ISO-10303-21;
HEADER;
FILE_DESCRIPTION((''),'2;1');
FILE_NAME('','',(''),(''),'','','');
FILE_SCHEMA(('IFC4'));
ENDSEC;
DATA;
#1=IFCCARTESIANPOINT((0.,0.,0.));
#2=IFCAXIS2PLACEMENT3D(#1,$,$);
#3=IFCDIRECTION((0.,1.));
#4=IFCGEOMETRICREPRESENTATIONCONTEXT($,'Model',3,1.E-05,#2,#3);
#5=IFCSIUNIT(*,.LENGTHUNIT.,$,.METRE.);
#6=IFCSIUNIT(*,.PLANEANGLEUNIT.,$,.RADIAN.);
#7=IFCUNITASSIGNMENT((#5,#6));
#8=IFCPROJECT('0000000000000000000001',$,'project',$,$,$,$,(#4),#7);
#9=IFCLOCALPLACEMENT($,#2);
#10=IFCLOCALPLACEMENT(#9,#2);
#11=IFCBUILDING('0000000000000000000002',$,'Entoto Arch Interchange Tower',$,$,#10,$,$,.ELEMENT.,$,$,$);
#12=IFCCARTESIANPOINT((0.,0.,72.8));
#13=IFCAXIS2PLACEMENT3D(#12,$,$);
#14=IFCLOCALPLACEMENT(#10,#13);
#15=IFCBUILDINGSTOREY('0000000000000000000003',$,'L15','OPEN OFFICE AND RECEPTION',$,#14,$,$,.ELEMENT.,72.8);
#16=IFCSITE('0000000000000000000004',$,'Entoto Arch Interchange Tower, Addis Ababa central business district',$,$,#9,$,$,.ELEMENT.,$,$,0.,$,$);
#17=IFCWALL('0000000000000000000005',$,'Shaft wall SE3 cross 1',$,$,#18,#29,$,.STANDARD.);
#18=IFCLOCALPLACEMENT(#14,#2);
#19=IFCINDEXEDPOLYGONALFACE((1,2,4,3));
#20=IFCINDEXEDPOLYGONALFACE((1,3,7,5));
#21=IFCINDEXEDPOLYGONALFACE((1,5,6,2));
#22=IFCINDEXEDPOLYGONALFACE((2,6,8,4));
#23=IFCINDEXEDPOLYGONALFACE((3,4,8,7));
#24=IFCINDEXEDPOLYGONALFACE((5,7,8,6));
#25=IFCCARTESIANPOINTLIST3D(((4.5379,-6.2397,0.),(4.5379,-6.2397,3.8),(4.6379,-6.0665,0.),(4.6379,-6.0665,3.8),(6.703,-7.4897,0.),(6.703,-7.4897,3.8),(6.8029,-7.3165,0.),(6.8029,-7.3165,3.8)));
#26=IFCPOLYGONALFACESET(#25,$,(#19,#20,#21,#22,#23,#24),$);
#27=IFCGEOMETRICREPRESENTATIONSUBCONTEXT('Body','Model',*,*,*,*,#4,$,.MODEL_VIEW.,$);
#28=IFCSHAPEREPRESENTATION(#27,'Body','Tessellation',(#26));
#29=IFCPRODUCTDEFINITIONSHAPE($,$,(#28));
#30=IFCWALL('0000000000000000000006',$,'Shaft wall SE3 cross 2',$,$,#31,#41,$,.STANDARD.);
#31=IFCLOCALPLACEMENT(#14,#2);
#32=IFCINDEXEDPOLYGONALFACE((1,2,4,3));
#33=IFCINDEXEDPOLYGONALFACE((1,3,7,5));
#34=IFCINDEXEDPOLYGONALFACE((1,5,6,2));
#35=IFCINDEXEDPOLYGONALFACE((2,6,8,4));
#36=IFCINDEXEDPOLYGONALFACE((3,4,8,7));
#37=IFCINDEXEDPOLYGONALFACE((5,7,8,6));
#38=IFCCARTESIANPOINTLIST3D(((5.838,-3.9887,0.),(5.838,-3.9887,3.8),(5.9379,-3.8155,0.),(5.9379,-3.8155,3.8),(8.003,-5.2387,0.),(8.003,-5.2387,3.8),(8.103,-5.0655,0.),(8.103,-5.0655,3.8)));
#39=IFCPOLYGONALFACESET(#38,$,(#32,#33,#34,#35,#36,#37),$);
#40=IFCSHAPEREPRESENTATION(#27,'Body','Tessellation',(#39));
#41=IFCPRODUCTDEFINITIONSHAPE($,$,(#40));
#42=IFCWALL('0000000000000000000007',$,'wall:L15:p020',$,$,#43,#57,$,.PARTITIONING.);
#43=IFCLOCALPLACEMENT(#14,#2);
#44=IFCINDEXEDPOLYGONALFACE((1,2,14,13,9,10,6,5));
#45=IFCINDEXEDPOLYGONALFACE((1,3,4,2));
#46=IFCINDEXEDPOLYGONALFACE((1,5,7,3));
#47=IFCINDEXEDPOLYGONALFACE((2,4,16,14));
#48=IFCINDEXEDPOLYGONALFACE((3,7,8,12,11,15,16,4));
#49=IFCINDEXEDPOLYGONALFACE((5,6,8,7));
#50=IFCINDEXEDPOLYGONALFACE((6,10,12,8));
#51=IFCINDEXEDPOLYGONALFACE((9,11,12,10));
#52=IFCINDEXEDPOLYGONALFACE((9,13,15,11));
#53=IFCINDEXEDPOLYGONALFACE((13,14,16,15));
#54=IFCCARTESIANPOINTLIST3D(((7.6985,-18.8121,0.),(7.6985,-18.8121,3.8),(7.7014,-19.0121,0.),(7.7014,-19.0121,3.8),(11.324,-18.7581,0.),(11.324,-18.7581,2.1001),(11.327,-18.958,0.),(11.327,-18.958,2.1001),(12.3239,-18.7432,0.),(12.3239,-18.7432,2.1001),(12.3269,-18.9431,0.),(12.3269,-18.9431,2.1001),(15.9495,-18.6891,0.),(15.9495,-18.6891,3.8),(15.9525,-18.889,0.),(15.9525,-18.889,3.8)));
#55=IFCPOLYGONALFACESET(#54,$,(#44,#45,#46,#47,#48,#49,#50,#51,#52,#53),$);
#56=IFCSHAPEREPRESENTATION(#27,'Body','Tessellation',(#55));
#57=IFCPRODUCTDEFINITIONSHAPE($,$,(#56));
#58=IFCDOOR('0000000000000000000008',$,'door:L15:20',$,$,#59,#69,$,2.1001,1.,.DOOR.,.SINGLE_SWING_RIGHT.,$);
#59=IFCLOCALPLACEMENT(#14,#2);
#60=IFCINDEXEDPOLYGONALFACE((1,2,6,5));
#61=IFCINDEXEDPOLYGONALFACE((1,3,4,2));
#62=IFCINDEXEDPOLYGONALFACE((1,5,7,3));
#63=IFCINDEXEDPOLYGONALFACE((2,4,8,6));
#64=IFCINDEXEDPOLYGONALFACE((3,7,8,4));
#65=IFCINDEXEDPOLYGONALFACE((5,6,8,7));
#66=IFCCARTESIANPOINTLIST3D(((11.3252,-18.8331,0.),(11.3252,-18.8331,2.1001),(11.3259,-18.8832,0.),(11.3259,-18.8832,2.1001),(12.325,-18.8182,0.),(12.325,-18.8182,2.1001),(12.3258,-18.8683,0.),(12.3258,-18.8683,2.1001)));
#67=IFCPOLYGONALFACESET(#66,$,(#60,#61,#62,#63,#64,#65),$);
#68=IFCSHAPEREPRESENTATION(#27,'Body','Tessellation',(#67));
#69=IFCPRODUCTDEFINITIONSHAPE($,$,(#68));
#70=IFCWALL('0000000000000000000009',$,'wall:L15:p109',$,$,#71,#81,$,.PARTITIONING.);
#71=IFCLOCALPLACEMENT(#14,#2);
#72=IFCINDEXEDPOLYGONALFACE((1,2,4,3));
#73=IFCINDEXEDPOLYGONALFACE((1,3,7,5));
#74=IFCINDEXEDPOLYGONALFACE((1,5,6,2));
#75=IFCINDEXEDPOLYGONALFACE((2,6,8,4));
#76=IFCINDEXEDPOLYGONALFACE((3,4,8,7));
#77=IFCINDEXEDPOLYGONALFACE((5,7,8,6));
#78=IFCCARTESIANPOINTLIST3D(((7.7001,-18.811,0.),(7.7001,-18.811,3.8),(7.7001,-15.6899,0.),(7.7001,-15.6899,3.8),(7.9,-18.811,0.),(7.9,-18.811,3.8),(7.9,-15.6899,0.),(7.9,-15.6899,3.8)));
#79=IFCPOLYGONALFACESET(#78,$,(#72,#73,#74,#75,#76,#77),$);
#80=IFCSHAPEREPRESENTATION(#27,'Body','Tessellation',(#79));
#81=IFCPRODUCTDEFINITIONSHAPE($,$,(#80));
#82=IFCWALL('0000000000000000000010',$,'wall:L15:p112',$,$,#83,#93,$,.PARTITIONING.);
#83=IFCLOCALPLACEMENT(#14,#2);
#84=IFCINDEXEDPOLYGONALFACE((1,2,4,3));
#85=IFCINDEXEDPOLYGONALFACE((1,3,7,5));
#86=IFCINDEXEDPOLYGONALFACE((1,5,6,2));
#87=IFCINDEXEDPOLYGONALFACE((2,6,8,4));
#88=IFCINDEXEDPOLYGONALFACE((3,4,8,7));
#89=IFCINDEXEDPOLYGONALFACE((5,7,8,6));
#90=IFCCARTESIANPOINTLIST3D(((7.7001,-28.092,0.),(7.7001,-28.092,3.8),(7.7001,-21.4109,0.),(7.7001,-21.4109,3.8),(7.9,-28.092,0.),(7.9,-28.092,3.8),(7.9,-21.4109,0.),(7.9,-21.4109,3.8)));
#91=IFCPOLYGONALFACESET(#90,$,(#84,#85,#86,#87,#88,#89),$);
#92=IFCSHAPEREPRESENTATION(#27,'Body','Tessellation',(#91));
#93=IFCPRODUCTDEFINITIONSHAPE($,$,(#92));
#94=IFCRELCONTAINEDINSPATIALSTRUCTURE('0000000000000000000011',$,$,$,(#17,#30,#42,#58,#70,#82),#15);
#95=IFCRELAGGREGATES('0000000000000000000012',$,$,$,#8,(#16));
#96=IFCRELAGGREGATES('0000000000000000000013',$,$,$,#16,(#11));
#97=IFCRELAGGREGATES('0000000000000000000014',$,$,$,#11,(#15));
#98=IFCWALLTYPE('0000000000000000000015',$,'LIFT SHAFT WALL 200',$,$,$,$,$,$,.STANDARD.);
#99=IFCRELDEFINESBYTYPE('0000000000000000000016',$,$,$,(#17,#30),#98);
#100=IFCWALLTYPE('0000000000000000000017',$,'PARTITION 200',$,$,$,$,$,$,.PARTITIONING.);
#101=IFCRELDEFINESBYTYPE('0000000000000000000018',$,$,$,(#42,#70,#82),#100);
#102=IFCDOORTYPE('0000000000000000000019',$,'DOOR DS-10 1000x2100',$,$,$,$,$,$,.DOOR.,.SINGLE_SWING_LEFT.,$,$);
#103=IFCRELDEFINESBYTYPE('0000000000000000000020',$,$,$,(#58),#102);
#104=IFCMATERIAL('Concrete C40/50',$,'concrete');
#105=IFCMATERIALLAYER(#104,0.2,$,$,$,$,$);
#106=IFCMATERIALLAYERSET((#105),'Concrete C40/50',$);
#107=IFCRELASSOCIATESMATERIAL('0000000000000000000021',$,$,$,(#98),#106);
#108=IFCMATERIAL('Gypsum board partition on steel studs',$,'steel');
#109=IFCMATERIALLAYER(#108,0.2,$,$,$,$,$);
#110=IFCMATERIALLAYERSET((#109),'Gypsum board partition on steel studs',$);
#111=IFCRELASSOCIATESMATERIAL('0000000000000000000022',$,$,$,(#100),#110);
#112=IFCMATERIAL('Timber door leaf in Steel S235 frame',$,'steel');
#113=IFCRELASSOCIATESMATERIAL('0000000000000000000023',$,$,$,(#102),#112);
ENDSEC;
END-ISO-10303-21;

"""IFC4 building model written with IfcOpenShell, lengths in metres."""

from ifc_helpers import new_model, si_unit, direction, frame, frame_2d, origin, place, context, subcontext, project, spatial, rectangle, extrude, material, layer, layer_set, type_object, element, fill, save


model = new_model("IFC4")

# Units and contexts
model_context = context("Model", 3, precision=1e-05, world=origin(), true_north=direction((0.0, 1.0)))
body_context = subcontext(model_context, "Body", "Model", "MODEL_VIEW")
ifc_project = project(units=[si_unit("LENGTHUNIT", "METRE"), si_unit("PLANEANGLEUNIT", "RADIAN")], contexts=[model_context])

# Site, building, storey
site_placement = place(None, origin())
site = spatial("IfcSite", under=ifc_project, at=site_placement, Name="Entoto Arch Interchange Tower, Addis Ababa central business district", CompositionType="ELEMENT", RefElevation=0.0)
building_placement = place(site_placement, origin())
building = spatial("IfcBuilding", under=site, at=building_placement, Name="Entoto Arch Interchange Tower", CompositionType="ELEMENT")
storey_placement = place(building_placement, frame((0.0, 0.0, 72.8)))
storey = spatial("IfcBuildingStorey", under=building, at=storey_placement, Name="L15", Description="OPEN OFFICE AND RECEPTION", CompositionType="ELEMENT", Elevation=72.8)

# Shared definitions
ifc_material_1 = material(Name="Concrete C40/50", Category="concrete")

# Walls
ifc_layer_1 = layer(ifc_material_1, 0.2)
ifc_layer_set_1 = layer_set([ifc_layer_1], Name="Concrete C40/50")
wall_type_1 = type_object("IfcWallType", Name="LIFT SHAFT WALL 200", PredefinedType="STANDARD", material=ifc_layer_set_1)
for number, where, z_axis, x_axis, name in (
    (1, (4.5879, -6.1531, 0.0), (0.0, 0.0, 1.0), (0.866023, -0.500004, 0.0), "Shaft wall SE3 cross 1"),
    (2, (5.8879, -3.9021, 0.0), (0.0, 0.0, 1.0), (0.866023, -0.500004, 0.0), "Shaft wall SE3 cross 2"),
):
    element("IfcWall", number, at=place(storey_placement, frame(where, z_axis=z_axis, x_axis=x_axis)), inside=storey, type_object=wall_type_1, Name=name, PredefinedType="STANDARD", context=body_context, shape_type="SweptSolid", body=[
        extrude(rectangle(XDim=2.5, YDim=0.2, at=frame_2d((1.25, 0.0))), origin(), (0.0, 0.0, 1.0), 3.8),
    ])

# Wall, opening, door
ifc_material_2 = material(Name="Gypsum board partition on steel studs", Category="steel")
ifc_layer_2 = layer(ifc_material_2, 0.2)
ifc_layer_set_2 = layer_set([ifc_layer_2], Name="Gypsum board partition on steel studs")
wall_type_2 = type_object("IfcWallType", Name="PARTITION 200", PredefinedType="PARTITIONING", material=ifc_layer_set_2)
wall_1_placement = place(storey_placement, frame((7.7, -18.9121, 0.0), z_axis=(0.0, 0.0, 1.0), x_axis=(0.999889, 0.014911, 0.0)))
wall_1 = element("IfcWall", 3, at=wall_1_placement, inside=storey, type_object=wall_type_2, Name="wall:L15:p020", PredefinedType="PARTITIONING", context=body_context, shape_type="SweptSolid", body=[
    extrude(rectangle(XDim=8.252, YDim=0.2, at=frame_2d((4.126, 0.0))), origin(), (0.0, 0.0, 1.0), 3.8),
])
opening_1_placement = place(wall_1_placement, frame((3.626, 0.0, 0.0)))
opening_1 = element("IfcOpeningElement", 4, at=opening_1_placement, cuts=wall_1, PredefinedType="OPENING", context=body_context, shape_type="SweptSolid", body=[
    extrude(rectangle(XDim=1.0, YDim=2.1001, at=frame_2d((0.5, 1.05))), frame((0.0, 0.1099, 0.0), z_axis=(0.0, -1.0, 0.0), x_axis=(1.0, 0.0, 0.0)), (0.0, 0.0, 1.0), 0.22),
])
ifc_material_3 = material(Name="Timber door leaf in Steel S235 frame", Category="steel")
door_type_1 = type_object("IfcDoorType", Name="DOOR DS-10 1000x2100", OperationType="SINGLE_SWING_LEFT", PredefinedType="DOOR", material=ifc_material_3)
door_1_placement = place(opening_1_placement, origin())
door_1 = element("IfcDoor", 5, at=door_1_placement, inside=storey, type_object=door_type_1, Name="door:L15:20", OperationType="SINGLE_SWING_RIGHT", OverallHeight=2.1001, OverallWidth=1.0, PredefinedType="DOOR", context=body_context, shape_type="SweptSolid", body=[
    extrude(rectangle(XDim=1.0, YDim=2.1001, at=frame_2d((0.5, 1.05))), frame((0.0, 0.0249, 0.0), z_axis=(0.0, -1.0, 0.0), x_axis=(1.0, 0.0, 0.0)), (0.0, 0.0, 1.0), 0.05),
])
fill(opening_1, door_1)

# Walls
wall_2_placement = place(storey_placement, frame((7.8, -15.6899, 0.0), z_axis=(0.0, 0.0, 1.0), x_axis=(0.0, -1.0, 0.0)))
element("IfcWall", 6, at=wall_2_placement, inside=storey, type_object=wall_type_2, Name="wall:L15:p109", PredefinedType="PARTITIONING", context=body_context, shape_type="SweptSolid", body=[
    extrude(rectangle(XDim=3.1211, YDim=0.2, at=frame_2d((1.5605, 0.0))), origin(), (0.0, 0.0, 1.0), 3.8),
])
wall_3_placement = place(storey_placement, frame((7.8, -21.4109, 0.0), z_axis=(0.0, 0.0, 1.0), x_axis=(0.0, -1.0, 0.0)))
element("IfcWall", 7, at=wall_3_placement, inside=storey, type_object=wall_type_2, Name="wall:L15:p112", PredefinedType="PARTITIONING", context=body_context, shape_type="SweptSolid", body=[
    extrude(rectangle(XDim=6.6812, YDim=0.2, at=frame_2d((3.3406, 0.0))), origin(), (0.0, 0.0, 1.0), 3.8),
])

save(model, "model.ifc")
